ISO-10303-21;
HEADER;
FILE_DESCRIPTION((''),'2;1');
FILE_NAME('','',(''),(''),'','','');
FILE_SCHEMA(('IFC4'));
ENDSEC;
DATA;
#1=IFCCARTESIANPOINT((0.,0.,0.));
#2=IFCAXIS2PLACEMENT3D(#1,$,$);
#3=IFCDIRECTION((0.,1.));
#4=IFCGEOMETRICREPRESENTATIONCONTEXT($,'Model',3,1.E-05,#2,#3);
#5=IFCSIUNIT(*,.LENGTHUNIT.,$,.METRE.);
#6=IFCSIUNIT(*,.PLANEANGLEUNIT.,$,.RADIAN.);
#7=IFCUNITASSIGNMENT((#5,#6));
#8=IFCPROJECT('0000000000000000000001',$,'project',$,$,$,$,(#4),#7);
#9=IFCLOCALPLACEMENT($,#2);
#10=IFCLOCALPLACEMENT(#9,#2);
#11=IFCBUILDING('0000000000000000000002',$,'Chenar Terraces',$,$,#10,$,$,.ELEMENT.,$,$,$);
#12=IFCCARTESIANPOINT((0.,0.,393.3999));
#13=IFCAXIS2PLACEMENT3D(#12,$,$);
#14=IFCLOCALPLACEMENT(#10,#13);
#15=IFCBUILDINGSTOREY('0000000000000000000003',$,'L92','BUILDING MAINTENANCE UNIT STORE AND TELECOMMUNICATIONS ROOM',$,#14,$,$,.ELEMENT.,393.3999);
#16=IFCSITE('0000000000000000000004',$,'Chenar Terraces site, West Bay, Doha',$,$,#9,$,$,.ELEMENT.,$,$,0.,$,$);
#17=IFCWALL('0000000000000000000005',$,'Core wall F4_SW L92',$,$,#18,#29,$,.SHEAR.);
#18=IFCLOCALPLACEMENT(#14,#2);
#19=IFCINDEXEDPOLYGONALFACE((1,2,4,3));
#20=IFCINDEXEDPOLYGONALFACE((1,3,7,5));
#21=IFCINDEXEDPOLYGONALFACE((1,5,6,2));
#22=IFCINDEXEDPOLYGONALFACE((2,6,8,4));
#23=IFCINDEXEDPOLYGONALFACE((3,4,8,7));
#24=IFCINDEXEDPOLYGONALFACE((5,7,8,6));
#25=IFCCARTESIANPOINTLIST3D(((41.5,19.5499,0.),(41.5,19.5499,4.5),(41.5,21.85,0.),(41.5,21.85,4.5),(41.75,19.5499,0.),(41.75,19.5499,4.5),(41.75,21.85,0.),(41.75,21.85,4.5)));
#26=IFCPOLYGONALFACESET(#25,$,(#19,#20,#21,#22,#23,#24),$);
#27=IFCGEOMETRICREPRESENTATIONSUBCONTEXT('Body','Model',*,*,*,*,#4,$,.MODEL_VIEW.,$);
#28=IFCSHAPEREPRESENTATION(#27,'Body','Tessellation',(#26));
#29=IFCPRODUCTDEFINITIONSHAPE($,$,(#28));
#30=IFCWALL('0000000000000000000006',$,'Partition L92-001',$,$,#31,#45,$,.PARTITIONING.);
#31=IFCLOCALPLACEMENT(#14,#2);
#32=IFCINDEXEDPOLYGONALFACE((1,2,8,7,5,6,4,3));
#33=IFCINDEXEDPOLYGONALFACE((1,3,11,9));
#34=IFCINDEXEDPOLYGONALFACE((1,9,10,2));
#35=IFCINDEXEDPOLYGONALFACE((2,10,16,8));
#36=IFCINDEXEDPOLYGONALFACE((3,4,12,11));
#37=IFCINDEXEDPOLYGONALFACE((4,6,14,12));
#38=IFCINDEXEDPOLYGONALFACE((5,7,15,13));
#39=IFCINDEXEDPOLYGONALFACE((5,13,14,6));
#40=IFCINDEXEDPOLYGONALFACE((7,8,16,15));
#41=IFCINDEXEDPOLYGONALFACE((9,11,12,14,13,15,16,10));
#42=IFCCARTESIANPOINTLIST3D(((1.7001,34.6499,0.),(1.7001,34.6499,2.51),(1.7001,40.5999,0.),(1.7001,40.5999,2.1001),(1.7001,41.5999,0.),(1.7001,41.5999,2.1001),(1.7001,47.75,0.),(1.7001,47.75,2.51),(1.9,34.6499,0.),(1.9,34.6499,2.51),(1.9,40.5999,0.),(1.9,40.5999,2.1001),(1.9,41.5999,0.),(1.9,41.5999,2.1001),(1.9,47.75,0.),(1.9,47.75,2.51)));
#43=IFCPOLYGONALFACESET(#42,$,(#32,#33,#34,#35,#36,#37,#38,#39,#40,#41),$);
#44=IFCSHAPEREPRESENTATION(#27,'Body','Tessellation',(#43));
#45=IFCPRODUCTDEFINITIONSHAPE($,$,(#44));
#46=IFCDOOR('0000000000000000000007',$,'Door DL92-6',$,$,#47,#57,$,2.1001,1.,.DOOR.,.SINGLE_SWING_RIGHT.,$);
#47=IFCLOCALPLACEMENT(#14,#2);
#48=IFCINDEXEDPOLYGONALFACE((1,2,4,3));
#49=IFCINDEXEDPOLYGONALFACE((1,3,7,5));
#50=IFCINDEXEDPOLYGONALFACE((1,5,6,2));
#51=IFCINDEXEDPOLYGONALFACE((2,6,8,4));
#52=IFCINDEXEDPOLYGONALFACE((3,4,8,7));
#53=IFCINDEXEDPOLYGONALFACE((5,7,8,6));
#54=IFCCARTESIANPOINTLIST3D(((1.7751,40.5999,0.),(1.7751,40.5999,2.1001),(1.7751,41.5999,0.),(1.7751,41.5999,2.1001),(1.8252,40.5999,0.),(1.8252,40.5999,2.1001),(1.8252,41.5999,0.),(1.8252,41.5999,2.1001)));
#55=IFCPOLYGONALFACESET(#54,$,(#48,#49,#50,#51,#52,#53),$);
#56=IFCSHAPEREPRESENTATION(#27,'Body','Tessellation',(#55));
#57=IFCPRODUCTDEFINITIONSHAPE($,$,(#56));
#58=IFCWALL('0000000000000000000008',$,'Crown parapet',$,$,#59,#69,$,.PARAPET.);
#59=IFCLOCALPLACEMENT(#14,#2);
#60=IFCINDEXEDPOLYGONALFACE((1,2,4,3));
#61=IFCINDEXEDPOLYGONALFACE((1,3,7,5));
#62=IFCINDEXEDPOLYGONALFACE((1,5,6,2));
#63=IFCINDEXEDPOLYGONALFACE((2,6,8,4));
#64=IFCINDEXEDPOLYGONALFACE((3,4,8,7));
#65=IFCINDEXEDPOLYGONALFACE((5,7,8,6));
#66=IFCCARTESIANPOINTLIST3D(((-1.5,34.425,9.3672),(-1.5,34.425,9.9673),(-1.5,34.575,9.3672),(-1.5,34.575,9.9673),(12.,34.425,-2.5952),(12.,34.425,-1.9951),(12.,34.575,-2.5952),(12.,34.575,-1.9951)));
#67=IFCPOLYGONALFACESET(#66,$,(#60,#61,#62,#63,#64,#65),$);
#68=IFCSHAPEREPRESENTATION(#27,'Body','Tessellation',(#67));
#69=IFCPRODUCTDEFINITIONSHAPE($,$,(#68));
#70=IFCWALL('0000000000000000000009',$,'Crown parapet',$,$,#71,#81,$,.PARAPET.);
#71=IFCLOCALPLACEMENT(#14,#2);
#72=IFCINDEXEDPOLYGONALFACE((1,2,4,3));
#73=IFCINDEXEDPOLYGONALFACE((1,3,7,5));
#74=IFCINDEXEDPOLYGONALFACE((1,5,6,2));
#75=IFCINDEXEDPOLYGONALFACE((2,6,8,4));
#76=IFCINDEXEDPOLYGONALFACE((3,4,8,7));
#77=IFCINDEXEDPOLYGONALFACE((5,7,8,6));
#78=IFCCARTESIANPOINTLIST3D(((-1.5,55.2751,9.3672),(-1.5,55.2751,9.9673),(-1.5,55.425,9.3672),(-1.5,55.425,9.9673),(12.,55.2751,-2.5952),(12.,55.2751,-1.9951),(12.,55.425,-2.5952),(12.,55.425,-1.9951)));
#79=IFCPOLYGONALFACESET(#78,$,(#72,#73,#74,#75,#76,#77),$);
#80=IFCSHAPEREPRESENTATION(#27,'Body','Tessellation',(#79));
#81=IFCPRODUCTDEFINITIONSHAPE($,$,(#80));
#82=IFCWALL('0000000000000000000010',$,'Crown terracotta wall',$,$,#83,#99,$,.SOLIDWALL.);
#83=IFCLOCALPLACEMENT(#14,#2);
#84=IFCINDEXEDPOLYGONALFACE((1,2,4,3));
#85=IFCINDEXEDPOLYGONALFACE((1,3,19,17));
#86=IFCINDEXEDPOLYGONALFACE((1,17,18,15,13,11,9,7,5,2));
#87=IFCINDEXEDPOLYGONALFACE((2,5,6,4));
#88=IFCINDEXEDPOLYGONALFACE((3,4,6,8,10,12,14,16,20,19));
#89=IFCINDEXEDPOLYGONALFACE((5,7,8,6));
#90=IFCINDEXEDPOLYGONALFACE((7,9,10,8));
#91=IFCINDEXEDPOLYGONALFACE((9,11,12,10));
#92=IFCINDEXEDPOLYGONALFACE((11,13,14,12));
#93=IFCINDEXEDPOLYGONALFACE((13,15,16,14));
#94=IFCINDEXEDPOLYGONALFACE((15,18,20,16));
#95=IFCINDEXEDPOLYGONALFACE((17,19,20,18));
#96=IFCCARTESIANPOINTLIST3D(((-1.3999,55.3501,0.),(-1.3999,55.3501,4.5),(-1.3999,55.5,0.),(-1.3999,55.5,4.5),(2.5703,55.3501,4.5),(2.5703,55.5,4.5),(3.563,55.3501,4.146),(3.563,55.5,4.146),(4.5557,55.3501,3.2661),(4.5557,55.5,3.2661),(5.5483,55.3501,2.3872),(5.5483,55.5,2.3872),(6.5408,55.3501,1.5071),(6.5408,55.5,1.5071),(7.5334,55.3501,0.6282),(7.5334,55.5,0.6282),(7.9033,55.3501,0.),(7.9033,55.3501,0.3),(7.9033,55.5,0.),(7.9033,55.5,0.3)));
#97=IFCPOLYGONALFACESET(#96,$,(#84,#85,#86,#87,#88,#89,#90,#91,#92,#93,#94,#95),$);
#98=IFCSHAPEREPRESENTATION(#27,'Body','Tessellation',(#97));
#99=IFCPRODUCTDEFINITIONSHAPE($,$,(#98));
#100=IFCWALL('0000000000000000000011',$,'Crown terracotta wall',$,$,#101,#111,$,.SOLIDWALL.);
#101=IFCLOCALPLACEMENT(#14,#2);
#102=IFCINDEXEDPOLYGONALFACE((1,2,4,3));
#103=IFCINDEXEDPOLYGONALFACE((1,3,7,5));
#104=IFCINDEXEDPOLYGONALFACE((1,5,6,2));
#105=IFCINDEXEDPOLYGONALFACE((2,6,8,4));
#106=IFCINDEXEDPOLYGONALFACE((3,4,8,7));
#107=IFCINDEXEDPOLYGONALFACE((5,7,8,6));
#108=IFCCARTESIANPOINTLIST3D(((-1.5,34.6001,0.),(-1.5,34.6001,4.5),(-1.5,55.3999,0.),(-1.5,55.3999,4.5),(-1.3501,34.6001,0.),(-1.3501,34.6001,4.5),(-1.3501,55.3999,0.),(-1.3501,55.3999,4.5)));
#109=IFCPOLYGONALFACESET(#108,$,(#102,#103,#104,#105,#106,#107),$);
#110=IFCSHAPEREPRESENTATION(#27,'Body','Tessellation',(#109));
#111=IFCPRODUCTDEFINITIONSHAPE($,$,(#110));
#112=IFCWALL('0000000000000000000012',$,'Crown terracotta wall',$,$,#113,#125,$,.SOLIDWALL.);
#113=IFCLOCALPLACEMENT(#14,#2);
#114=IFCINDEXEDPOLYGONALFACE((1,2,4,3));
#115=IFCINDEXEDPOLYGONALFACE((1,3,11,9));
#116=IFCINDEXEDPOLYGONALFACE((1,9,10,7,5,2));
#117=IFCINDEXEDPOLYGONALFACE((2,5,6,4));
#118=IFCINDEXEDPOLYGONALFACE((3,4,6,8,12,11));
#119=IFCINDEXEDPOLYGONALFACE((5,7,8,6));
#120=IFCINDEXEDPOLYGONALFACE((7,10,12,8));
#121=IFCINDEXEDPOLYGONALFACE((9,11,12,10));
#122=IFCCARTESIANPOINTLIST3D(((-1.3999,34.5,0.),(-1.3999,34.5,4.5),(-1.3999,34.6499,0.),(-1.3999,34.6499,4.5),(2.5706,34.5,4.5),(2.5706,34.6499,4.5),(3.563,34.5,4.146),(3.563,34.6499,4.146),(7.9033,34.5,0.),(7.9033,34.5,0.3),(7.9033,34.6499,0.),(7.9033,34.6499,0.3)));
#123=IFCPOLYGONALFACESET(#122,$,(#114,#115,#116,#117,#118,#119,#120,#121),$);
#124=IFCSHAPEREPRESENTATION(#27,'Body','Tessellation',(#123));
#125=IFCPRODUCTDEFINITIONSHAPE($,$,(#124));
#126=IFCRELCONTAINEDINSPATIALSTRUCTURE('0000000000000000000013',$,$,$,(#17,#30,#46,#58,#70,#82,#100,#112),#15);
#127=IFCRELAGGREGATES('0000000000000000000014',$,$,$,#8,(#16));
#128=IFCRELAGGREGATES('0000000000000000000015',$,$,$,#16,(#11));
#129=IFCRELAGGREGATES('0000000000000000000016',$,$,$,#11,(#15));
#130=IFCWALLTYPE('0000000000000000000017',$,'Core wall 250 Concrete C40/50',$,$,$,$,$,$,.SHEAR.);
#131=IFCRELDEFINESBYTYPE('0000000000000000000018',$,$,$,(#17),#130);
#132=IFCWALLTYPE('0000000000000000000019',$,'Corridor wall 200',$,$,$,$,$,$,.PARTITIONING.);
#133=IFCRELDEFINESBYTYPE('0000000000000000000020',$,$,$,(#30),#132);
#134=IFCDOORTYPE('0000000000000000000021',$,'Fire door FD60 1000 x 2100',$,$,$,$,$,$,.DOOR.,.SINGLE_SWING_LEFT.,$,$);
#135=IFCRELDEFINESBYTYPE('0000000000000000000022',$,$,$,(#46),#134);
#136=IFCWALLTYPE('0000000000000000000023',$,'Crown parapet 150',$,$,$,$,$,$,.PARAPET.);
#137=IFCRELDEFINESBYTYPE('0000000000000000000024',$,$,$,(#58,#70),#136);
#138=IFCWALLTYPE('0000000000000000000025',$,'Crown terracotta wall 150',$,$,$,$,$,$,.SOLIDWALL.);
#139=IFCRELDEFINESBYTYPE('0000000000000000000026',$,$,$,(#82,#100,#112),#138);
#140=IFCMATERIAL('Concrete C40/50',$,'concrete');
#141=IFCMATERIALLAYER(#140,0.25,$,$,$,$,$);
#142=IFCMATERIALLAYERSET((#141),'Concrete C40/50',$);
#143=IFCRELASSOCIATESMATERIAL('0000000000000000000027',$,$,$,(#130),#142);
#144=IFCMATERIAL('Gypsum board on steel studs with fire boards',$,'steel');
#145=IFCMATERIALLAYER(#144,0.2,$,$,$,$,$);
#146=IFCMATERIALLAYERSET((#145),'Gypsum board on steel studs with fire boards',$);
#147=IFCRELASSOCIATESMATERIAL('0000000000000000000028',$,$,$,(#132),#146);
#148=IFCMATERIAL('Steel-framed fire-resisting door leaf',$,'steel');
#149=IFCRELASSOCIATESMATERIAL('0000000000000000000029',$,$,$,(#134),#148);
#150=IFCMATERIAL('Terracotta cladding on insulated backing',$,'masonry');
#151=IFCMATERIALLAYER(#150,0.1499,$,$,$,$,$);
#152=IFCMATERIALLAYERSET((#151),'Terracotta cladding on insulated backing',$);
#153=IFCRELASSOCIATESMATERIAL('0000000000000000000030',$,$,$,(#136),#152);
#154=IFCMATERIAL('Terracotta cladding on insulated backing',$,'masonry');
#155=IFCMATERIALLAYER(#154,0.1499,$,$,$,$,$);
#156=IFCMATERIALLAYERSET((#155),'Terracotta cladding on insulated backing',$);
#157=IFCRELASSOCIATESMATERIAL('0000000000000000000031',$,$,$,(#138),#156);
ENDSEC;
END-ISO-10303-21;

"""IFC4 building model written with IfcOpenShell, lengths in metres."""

from ifc_helpers import new_model, si_unit, direction, frame, frame_2d, origin, place, context, subcontext, project, spatial, polyline, rectangle, outline, extrude, material, layer, layer_set, type_object, element, fill, save


model = new_model("IFC4")

# Units and contexts
model_context = context("Model", 3, precision=1e-05, world=origin(), true_north=direction((0.0, 1.0)))
body_context = subcontext(model_context, "Body", "Model", "MODEL_VIEW")
ifc_project = project(units=[si_unit("LENGTHUNIT", "METRE"), si_unit("PLANEANGLEUNIT", "RADIAN")], contexts=[model_context])

# Site, building, storey
site_placement = place(None, origin())
site = spatial("IfcSite", under=ifc_project, at=site_placement, Name="Chenar Terraces site, West Bay, Doha", CompositionType="ELEMENT", RefElevation=0.0)
building_placement = place(site_placement, origin())
building = spatial("IfcBuilding", under=site, at=building_placement, Name="Chenar Terraces", CompositionType="ELEMENT")
storey_placement = place(building_placement, frame((0.0, 0.0, 393.3999)))
storey = spatial("IfcBuildingStorey", under=building, at=storey_placement, Name="L92", Description="BUILDING MAINTENANCE UNIT STORE AND TELECOMMUNICATIONS ROOM", CompositionType="ELEMENT", Elevation=393.3999)

# Shared definitions
ifc_material_1 = material(Name="Concrete C40/50", Category="concrete")
ifc_layer_1 = layer(ifc_material_1, 0.25)
ifc_layer_set_1 = layer_set([ifc_layer_1], Name="Concrete C40/50")
wall_type_1 = type_object("IfcWallType", Name="Core wall 250 Concrete C40/50", PredefinedType="SHEAR", material=ifc_layer_set_1)

# Wall
for number, where, z_axis, x_axis, name in (
    (1, (41.625, 19.55, 0.0), (0.0, 0.0, 1.0), (0.0, 1.0, 0.0), "Core wall F4_SW L92"),
):
    element("IfcWall", number, at=place(storey_placement, frame(where, z_axis=z_axis, x_axis=x_axis)), inside=storey, type_object=wall_type_1, Name=name, PredefinedType="SHEAR", context=body_context, shape_type="SweptSolid", body=[
        extrude(rectangle(XDim=2.3, YDim=0.25, at=frame_2d((1.1499, 0.0))), origin(), (0.0, 0.0, 1.0), 4.5),
    ])

# Wall, opening, door
ifc_material_2 = material(Name="Gypsum board on steel studs with fire boards", Category="steel")
ifc_layer_2 = layer(ifc_material_2, 0.2)
ifc_layer_set_2 = layer_set([ifc_layer_2], Name="Gypsum board on steel studs with fire boards")
wall_type_2 = type_object("IfcWallType", Name="Corridor wall 200", PredefinedType="PARTITIONING", material=ifc_layer_set_2)
wall_1_placement = place(storey_placement, frame((1.8, 34.6499, 0.0), z_axis=(0.0, 0.0, 1.0), x_axis=(0.0, 1.0, 0.0)))
wall_1 = element("IfcWall", 2, at=wall_1_placement, inside=storey, type_object=wall_type_2, Name="Partition L92-001", PredefinedType="PARTITIONING", context=body_context, shape_type="SweptSolid", body=[
    extrude(rectangle(XDim=13.1001, YDim=0.2, at=frame_2d((6.55, 0.0))), origin(), (0.0, 0.0, 1.0), 2.51),
])
opening_1_placement = place(wall_1_placement, frame((5.95, 0.0, 0.0)))
opening_1 = element("IfcOpeningElement", 3, at=opening_1_placement, cuts=wall_1, PredefinedType="OPENING", context=body_context, shape_type="SweptSolid", body=[
    extrude(rectangle(XDim=1.0, YDim=2.1001, at=frame_2d((0.5, 1.05))), frame((0.0, 0.1099, 0.0), z_axis=(0.0, -1.0, 0.0), x_axis=(1.0, 0.0, 0.0)), (0.0, 0.0, 1.0), 0.22),
])
ifc_material_3 = material(Name="Steel-framed fire-resisting door leaf", Category="steel")
door_type_1 = type_object("IfcDoorType", Name="Fire door FD60 1000 x 2100", OperationType="SINGLE_SWING_LEFT", PredefinedType="DOOR", material=ifc_material_3)
door_1_placement = place(opening_1_placement, origin())
door_1 = element("IfcDoor", 4, at=door_1_placement, inside=storey, type_object=door_type_1, Name="Door DL92-6", OperationType="SINGLE_SWING_RIGHT", OverallHeight=2.1001, OverallWidth=1.0, PredefinedType="DOOR", context=body_context, shape_type="SweptSolid", body=[
    extrude(rectangle(XDim=1.0, YDim=2.1001, at=frame_2d((0.5, 1.05))), frame((0.0, 0.0249, 0.0), z_axis=(0.0, -1.0, 0.0), x_axis=(1.0, 0.0, 0.0)), (0.0, 0.0, 1.0), 0.05),
])
fill(opening_1, door_1)

# Walls
ifc_material_4 = material(Name="Terracotta cladding on insulated backing", Category="masonry")
ifc_layer_3 = layer(ifc_material_4, 0.1499)
ifc_layer_set_3 = layer_set([ifc_layer_3], Name="Terracotta cladding on insulated backing")
wall_type_3 = type_object("IfcWallType", Name="Crown parapet 150", PredefinedType="PARAPET", material=ifc_layer_set_3)
for number, where, z_axis, x_axis, name in (
    (5, (12.0, 34.575, -2.5952), (0.0, 1.0, 0.0), (-0.748443, 0.0, 0.663199), "Crown parapet"),
    (6, (12.0, 55.425, -2.5952), (0.0, 1.0, 0.0), (-0.748443, 0.0, 0.663199), "Crown parapet"),
):
    element("IfcWall", number, at=place(storey_placement, frame(where, z_axis=z_axis, x_axis=x_axis)), inside=storey, type_object=wall_type_3, Name=name, PredefinedType="PARAPET", context=body_context, shape_type="SweptSolid", body=[
        extrude(outline(polyline([(0.0, 0.0), (18.0374, 0.0), (18.4354, 0.4491), (0.398, 0.4491), (0.0, 0.0)])), origin(), (0.0, 0.0, -1.0), 0.1499),
    ])
ifc_material_5 = material(Name="Terracotta cladding on insulated backing", Category="masonry")
ifc_layer_4 = layer(ifc_material_5, 0.1499)
ifc_layer_set_4 = layer_set([ifc_layer_4], Name="Terracotta cladding on insulated backing")
wall_type_4 = type_object("IfcWallType", Name="Crown terracotta wall 150", PredefinedType="SOLIDWALL", material=ifc_layer_set_4)
wall_2_placement = place(storey_placement, frame((7.9033, 55.425, 0.0), z_axis=(0.0, 0.0, 1.0), x_axis=(-1.0, 0.0, 0.0)))
element("IfcWall", 7, at=wall_2_placement, inside=storey, type_object=wall_type_4, Name="Crown terracotta wall", PredefinedType="SOLIDWALL", context=body_context, shape_type="SweptSolid", body=[
    extrude(outline(polyline([(0.0, 0.0), (9.3032, 0.0), (9.3032, 4.5), (5.333, 4.5), (4.3403, 4.146), (3.3477, 3.2661), (2.355, 2.3872), (1.3625, 1.5071), (0.3699, 0.6282), (0.0, 0.3), (0.0, 0.0)])), frame((0.0, 0.075, 0.0), z_axis=(0.0, -1.0, 0.0), x_axis=(1.0, 0.0, 0.0)), (0.0, 0.0, 1.0), 0.1499),
])
wall_3_placement = place(storey_placement, frame((-1.425, 55.3999, 0.0), z_axis=(0.0, 0.0, 1.0), x_axis=(0.0, -1.0, 0.0)))
element("IfcWall", 8, at=wall_3_placement, inside=storey, type_object=wall_type_4, Name="Crown terracotta wall", PredefinedType="SOLIDWALL", context=body_context, shape_type="SweptSolid", body=[
    extrude(rectangle(XDim=20.7998, YDim=0.1499, at=frame_2d((10.3999, 0.0))), origin(), (0.0, 0.0, 1.0), 4.5),
])
wall_4_placement = place(storey_placement, frame((-1.3999, 34.575, 0.0), z_axis=(0.0, 0.0, 1.0), x_axis=(1.0, 0.0, 0.0)))
element("IfcWall", 9, at=wall_4_placement, inside=storey, type_object=wall_type_4, Name="Crown terracotta wall", PredefinedType="SOLIDWALL", context=body_context, shape_type="SweptSolid", body=[
    extrude(outline(polyline([(0.0, 0.0), (9.3032, 0.0), (9.3032, 0.3), (4.9629, 4.146), (3.9705, 4.5), (0.0, 4.5), (0.0, 0.0)])), frame((0.0, 0.075, 0.0), z_axis=(0.0, -1.0, 0.0), x_axis=(1.0, 0.0, 0.0)), (0.0, 0.0, 1.0), 0.1499),
])

save(model, "model.ifc")
